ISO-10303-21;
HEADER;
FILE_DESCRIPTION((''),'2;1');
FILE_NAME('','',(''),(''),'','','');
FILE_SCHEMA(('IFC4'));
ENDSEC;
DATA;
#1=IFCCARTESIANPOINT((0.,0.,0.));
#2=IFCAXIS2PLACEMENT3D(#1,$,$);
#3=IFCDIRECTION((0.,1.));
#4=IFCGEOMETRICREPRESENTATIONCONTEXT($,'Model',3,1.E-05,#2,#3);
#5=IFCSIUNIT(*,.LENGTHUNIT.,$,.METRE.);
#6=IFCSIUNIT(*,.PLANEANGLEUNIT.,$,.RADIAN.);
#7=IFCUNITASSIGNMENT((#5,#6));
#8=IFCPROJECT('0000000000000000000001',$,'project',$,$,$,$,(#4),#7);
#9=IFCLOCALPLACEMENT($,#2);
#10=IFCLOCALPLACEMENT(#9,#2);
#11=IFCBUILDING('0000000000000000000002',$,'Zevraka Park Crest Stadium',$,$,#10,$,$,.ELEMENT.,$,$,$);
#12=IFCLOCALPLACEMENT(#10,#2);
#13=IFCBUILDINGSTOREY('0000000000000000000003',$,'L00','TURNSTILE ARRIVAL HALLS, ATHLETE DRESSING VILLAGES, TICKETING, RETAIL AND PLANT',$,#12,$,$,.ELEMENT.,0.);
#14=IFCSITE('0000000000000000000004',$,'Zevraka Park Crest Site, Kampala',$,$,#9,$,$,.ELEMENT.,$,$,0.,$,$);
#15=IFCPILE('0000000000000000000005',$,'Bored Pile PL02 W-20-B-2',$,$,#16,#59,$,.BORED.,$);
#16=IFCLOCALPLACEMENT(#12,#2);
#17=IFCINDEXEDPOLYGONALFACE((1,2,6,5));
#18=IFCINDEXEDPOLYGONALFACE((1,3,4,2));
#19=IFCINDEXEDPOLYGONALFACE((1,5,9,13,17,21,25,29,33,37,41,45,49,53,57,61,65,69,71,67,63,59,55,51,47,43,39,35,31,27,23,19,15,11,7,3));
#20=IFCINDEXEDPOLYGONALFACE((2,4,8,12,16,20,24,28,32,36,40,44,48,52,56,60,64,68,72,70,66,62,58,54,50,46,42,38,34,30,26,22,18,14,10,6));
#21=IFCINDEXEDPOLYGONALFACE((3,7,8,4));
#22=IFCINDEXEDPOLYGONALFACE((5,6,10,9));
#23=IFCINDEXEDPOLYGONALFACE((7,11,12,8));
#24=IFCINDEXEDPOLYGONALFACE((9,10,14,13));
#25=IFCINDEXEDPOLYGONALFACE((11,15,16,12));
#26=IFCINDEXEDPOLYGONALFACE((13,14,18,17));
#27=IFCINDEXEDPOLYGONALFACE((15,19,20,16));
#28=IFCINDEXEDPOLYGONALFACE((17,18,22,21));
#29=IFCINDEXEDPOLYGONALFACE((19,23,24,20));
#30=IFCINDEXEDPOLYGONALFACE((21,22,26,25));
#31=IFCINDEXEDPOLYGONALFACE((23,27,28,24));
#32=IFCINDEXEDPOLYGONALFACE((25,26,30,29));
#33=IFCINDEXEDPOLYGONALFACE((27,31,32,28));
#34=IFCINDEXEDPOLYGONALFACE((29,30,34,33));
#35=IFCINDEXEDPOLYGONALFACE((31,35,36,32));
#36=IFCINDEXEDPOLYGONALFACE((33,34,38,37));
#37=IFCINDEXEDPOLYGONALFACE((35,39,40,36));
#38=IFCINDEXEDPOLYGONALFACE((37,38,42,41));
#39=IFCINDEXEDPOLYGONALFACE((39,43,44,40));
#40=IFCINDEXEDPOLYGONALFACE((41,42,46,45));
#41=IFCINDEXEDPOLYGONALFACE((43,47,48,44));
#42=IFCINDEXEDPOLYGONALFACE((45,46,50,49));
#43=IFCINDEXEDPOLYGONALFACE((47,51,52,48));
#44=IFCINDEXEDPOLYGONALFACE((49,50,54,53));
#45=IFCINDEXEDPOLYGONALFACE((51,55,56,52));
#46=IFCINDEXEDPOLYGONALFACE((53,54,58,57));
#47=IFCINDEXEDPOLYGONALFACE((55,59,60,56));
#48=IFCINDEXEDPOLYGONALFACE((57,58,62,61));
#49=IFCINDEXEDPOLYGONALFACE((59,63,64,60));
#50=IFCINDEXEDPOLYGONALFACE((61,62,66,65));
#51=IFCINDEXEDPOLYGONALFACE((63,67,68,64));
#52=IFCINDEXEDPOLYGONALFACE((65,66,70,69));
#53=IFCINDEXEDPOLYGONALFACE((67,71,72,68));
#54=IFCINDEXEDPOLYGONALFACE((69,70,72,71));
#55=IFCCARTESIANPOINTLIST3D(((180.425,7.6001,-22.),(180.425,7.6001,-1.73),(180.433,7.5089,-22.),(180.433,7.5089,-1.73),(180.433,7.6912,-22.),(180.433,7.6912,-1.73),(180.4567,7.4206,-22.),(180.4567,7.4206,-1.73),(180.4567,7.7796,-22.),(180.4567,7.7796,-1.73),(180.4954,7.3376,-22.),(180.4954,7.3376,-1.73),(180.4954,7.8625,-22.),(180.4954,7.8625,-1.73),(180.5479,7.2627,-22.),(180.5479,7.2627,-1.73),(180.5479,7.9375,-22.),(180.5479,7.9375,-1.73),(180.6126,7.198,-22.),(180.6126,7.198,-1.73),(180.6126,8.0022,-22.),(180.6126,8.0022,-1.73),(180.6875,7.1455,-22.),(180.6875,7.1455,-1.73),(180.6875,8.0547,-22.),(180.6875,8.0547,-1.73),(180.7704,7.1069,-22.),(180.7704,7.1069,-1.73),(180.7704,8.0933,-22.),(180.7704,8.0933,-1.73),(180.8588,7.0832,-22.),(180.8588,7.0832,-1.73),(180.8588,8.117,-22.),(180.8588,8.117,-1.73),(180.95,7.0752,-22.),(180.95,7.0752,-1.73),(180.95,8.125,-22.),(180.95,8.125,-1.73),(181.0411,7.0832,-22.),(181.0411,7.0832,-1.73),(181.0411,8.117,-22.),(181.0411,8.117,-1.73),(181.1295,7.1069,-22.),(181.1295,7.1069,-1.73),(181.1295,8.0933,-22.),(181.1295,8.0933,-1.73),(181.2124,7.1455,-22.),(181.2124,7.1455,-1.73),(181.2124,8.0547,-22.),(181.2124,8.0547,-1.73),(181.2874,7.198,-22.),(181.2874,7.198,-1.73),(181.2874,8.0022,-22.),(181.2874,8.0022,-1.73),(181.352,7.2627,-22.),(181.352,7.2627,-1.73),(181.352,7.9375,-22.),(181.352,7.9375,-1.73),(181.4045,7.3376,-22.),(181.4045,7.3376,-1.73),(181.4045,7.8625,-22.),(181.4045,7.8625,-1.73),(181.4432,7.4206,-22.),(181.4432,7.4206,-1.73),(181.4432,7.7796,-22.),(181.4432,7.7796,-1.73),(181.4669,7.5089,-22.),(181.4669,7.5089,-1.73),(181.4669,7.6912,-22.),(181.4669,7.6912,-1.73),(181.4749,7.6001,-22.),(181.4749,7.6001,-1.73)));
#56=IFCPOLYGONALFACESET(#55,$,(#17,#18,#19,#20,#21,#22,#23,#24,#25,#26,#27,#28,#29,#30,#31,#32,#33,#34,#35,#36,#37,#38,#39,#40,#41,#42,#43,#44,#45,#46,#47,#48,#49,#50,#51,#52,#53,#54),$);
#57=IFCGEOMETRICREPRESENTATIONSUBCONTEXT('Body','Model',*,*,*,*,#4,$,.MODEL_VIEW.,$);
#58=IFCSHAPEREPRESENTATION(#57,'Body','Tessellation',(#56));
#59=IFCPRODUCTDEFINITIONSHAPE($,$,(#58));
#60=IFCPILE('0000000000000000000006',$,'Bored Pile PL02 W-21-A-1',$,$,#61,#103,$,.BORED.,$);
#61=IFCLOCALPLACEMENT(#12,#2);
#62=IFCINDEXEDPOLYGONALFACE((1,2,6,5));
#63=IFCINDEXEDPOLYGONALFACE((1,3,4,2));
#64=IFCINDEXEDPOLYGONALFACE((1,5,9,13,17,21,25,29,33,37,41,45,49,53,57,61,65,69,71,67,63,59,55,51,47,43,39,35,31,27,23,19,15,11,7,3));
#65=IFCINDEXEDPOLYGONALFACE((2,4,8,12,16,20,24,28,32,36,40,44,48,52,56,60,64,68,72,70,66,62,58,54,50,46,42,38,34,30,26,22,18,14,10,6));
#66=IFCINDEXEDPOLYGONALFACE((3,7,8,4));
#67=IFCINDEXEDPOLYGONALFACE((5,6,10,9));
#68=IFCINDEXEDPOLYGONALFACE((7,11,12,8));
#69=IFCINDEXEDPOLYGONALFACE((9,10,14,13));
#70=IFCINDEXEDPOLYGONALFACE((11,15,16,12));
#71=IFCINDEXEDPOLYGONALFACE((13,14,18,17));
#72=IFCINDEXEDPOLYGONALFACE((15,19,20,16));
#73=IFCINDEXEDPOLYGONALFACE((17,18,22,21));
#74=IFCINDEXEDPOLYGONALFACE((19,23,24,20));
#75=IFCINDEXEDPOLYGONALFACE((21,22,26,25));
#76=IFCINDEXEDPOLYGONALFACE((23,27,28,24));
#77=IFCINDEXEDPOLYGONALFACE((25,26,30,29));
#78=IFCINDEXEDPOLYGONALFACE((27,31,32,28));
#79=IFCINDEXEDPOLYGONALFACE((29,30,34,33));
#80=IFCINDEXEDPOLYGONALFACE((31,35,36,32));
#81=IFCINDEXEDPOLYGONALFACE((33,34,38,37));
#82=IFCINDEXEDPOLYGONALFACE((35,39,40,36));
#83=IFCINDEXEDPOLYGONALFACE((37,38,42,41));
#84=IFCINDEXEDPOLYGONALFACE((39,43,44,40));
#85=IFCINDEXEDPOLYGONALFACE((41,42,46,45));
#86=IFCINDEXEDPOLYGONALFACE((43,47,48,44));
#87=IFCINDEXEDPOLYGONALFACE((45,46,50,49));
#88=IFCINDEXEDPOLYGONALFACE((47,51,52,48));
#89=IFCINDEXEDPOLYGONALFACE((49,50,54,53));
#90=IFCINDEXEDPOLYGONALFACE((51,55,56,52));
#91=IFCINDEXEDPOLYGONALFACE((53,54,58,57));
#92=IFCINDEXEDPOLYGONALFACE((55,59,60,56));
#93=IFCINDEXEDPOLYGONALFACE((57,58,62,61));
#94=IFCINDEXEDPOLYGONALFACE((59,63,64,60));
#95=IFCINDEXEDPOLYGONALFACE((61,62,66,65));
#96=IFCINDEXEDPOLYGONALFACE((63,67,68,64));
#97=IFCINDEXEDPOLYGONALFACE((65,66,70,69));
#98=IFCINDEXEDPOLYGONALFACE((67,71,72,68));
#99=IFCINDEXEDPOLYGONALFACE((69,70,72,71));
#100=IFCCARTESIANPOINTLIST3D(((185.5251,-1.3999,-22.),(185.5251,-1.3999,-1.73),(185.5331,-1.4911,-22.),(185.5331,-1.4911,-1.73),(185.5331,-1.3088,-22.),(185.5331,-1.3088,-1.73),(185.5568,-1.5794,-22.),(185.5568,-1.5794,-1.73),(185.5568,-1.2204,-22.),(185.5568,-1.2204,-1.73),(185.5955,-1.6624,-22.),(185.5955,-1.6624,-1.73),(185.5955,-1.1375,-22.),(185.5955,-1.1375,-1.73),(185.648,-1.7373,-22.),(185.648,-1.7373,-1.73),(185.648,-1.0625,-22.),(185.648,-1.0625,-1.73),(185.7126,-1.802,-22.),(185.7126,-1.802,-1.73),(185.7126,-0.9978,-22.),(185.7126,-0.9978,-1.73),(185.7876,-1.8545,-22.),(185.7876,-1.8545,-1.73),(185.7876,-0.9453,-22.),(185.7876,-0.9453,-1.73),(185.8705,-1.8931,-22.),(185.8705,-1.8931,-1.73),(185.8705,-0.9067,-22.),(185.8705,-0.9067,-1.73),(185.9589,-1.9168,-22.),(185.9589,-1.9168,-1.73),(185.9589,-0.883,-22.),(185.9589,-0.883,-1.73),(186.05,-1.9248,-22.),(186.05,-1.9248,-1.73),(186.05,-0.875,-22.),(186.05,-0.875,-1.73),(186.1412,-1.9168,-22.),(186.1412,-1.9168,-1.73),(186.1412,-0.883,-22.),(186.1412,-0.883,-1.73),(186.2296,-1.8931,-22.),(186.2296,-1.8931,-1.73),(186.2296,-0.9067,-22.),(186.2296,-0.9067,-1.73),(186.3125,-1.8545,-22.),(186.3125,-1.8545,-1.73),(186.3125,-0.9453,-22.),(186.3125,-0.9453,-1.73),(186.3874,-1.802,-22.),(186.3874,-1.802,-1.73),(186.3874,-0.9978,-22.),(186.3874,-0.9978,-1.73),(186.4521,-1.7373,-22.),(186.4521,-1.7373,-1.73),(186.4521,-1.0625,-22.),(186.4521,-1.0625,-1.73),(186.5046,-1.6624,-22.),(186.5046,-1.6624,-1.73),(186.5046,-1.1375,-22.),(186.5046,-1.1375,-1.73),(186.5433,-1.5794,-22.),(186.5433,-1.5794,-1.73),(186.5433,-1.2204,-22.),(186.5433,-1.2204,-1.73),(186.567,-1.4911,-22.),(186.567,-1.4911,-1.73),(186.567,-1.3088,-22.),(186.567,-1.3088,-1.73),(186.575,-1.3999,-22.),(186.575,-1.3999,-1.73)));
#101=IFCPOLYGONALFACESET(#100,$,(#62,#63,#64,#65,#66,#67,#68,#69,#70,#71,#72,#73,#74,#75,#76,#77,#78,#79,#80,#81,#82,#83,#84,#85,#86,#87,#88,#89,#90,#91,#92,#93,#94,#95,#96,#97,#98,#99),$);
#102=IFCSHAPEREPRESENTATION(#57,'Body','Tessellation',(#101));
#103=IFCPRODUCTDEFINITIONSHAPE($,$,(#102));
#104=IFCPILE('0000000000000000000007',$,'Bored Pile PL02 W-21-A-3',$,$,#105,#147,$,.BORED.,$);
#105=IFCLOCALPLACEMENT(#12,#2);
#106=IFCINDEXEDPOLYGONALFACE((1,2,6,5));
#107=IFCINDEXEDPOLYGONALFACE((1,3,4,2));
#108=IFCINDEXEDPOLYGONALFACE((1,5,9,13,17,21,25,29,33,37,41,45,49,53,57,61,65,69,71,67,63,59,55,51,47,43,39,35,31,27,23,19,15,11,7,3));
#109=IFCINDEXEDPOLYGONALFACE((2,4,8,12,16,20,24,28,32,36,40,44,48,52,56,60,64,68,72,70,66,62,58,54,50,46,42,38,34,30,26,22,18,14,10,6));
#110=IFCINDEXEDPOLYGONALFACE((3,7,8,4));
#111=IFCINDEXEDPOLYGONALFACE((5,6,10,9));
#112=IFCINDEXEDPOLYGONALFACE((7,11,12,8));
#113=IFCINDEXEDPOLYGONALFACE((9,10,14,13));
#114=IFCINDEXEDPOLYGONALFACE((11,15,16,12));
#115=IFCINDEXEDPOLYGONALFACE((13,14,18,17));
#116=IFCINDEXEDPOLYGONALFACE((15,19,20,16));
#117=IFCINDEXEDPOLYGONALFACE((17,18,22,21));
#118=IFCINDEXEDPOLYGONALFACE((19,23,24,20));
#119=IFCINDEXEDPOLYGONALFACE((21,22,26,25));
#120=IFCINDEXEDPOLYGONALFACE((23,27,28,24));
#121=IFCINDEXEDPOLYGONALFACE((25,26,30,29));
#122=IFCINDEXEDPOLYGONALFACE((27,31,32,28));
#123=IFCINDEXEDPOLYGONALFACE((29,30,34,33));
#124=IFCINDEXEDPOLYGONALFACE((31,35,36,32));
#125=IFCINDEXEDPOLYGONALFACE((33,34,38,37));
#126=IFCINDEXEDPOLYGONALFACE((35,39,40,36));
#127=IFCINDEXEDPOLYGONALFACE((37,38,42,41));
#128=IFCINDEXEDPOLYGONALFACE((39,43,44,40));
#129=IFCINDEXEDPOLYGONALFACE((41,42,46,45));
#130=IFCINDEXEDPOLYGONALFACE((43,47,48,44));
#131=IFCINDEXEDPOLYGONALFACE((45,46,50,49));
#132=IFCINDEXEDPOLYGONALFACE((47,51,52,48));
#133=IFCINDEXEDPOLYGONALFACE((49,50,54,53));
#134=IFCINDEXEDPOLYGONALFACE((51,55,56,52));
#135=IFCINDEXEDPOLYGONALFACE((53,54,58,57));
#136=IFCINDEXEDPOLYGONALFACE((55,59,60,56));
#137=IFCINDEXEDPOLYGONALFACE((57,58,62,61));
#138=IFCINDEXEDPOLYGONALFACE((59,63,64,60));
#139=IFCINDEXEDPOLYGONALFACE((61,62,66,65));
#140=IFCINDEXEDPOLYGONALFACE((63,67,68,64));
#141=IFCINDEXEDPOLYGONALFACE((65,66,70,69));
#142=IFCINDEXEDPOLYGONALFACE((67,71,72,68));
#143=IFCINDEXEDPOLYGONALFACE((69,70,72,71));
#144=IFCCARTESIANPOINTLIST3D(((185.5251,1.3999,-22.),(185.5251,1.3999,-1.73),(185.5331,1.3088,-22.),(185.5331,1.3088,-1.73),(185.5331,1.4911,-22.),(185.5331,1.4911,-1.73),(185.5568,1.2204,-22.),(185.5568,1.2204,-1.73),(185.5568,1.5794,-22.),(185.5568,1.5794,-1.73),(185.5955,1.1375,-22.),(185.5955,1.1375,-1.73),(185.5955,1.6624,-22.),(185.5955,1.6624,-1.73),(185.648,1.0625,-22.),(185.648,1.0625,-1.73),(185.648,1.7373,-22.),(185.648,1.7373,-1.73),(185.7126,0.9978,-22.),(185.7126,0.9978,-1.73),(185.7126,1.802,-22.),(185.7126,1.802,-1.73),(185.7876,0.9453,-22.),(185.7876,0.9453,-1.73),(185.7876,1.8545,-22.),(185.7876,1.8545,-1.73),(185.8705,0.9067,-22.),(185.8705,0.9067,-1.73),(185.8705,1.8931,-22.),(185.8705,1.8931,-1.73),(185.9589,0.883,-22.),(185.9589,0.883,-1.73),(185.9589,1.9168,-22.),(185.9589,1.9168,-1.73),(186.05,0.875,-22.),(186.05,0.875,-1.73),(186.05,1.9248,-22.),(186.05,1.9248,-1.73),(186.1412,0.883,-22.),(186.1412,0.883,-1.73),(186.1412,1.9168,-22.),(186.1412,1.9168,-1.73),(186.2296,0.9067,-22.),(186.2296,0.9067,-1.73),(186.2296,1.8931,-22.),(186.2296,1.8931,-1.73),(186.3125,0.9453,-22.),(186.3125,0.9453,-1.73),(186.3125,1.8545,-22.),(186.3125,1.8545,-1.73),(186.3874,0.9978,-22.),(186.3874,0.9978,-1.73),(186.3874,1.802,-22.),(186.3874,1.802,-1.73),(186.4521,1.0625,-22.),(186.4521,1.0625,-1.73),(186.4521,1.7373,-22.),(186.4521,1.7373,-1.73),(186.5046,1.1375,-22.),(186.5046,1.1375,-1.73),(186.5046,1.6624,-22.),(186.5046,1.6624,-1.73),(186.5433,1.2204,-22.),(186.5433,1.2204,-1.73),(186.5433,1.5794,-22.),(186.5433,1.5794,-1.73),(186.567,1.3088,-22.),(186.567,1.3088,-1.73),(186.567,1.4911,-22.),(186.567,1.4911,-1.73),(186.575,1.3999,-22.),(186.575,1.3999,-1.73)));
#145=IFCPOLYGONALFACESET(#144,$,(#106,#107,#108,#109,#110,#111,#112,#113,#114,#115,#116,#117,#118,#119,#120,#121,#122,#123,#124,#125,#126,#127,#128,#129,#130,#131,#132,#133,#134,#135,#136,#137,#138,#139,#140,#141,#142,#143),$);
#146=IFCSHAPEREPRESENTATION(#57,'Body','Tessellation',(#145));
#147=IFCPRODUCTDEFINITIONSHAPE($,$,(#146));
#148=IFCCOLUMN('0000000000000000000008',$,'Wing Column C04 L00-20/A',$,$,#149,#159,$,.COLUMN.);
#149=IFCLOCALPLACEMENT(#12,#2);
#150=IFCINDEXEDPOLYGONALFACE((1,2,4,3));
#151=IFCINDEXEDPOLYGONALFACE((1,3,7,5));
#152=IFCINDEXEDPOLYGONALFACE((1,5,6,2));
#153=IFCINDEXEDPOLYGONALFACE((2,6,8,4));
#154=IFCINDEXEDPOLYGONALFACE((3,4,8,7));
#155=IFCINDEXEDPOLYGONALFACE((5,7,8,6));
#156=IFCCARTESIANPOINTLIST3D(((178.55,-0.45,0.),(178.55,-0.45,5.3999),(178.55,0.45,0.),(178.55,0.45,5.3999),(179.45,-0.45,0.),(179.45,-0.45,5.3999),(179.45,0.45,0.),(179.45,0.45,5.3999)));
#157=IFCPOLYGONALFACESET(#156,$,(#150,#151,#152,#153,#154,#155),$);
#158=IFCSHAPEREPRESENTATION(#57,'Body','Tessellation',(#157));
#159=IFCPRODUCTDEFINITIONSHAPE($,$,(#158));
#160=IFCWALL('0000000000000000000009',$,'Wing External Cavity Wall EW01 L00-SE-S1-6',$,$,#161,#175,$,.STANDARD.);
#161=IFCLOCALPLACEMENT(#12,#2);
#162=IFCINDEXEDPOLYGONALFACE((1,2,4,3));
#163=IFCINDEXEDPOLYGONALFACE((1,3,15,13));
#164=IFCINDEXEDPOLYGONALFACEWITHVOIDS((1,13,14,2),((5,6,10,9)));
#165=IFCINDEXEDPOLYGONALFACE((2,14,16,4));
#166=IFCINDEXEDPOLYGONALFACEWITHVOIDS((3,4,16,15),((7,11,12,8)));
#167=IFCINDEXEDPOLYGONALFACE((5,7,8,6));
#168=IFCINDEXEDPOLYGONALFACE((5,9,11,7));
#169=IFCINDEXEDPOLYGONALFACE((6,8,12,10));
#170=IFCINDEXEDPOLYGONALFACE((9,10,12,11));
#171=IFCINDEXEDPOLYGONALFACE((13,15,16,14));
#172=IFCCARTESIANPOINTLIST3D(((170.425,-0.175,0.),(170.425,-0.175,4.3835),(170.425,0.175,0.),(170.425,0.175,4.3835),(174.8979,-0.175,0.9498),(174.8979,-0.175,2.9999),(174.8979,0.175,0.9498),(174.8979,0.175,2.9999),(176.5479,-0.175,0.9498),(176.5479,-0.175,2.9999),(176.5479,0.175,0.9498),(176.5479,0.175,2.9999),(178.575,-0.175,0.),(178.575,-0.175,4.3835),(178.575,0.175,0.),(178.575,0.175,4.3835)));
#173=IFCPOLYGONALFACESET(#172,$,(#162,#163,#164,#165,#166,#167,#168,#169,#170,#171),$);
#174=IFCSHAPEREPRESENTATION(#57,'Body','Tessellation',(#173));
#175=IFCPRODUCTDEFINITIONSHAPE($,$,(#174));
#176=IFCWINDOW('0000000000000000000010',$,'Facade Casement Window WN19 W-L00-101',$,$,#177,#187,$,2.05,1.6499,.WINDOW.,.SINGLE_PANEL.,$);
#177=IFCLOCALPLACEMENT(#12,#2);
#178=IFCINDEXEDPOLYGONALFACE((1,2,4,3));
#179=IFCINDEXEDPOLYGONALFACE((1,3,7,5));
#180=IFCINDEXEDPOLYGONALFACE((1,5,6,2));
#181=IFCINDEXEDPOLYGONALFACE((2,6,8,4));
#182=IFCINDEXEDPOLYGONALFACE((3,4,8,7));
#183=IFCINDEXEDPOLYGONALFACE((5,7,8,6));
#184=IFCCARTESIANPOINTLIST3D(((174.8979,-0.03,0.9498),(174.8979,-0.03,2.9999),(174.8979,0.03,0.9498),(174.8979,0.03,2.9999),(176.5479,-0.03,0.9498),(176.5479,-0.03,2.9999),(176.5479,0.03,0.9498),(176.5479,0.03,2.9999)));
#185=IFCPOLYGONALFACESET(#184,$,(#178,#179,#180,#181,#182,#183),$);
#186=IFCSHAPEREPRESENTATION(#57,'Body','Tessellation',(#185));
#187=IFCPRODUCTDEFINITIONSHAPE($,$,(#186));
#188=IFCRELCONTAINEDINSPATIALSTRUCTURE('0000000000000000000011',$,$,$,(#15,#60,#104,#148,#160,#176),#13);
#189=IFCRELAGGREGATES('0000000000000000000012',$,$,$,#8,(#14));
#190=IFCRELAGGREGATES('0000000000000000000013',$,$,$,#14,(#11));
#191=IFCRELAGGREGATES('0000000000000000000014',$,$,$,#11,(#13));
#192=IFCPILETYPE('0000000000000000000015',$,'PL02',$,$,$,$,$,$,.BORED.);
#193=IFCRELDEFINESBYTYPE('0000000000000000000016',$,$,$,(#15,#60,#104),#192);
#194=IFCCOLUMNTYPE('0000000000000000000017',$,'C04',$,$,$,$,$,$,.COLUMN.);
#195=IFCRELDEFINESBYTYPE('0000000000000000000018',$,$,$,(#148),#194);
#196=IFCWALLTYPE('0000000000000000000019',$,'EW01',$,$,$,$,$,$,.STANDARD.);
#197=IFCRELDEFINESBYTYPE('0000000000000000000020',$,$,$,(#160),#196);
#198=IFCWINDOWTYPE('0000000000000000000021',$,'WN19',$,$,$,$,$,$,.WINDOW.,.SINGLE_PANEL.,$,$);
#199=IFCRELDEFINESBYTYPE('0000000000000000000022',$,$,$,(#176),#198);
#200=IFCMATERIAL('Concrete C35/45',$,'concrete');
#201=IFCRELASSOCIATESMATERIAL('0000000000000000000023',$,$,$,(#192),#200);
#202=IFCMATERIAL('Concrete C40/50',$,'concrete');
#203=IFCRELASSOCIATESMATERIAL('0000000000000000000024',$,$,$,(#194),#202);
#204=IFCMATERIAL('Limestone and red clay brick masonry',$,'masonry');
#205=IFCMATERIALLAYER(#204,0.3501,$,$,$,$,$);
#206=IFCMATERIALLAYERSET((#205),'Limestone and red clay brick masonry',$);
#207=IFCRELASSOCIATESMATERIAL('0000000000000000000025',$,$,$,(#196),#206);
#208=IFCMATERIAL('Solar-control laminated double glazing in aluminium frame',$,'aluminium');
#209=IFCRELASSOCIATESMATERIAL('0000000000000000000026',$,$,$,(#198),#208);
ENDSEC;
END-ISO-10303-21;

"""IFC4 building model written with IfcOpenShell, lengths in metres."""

from ifc_helpers import new_model, si_unit, direction, frame, frame_2d, origin, origin_2d, place, context, subcontext, project, spatial, rectangle, circle, extrude, material, layer, layer_set, material_profile, profile_set, type_object, element, fill, save


model = new_model("IFC4")

# Units and contexts
model_context = context("Model", 3, precision=1e-05, world=origin(), true_north=direction((0.0, 1.0)))
body_context = subcontext(model_context, "Body", "Model", "MODEL_VIEW")
ifc_project = project(units=[si_unit("LENGTHUNIT", "METRE"), si_unit("PLANEANGLEUNIT", "RADIAN")], contexts=[model_context])

# Site, building, storey
site_placement = place(None, origin())
site = spatial("IfcSite", under=ifc_project, at=site_placement, Name="Zevraka Park Crest Site, Kampala", CompositionType="ELEMENT", RefElevation=0.0)
building_placement = place(site_placement, origin())
building = spatial("IfcBuilding", under=site, at=building_placement, Name="Zevraka Park Crest Stadium", CompositionType="ELEMENT")
storey_placement = place(building_placement, origin())
storey = spatial("IfcBuildingStorey", under=building, at=storey_placement, Name="L00", Description="TURNSTILE ARRIVAL HALLS, ATHLETE DRESSING VILLAGES, TICKETING, RETAIL AND PLANT", CompositionType="ELEMENT", Elevation=0.0)

# Piles
ifc_material_1 = material(Name="Concrete C35/45", Category="concrete")
ifc_material_profile_1 = material_profile(ifc_material_1, circle(Radius=0.5249, at=origin_2d()), Name="PILE D1050")
ifc_profile_set_1 = profile_set([ifc_material_profile_1], Name="Concrete C35/45")
pile_type_1 = type_object("IfcPileType", Name="PL02", PredefinedType="BORED", material=ifc_profile_set_1)
for number, where, z_axis, x_axis, name in (
    (1, (180.95, 7.6001, -1.73), (0.0, 0.0, -1.0), (1.0, 0.0, 0.0), "Bored Pile PL02 W-20-B-2"),
    (2, (186.05, -1.3999, -1.73), (0.0, 0.0, -1.0), (1.0, 0.0, 0.0), "Bored Pile PL02 W-21-A-1"),
    (3, (186.05, 1.3999, -1.73), (0.0, 0.0, -1.0), (1.0, 0.0, 0.0), "Bored Pile PL02 W-21-A-3"),
):
    element("IfcPile", number, at=place(storey_placement, frame(where, z_axis=z_axis, x_axis=x_axis)), inside=storey, type_object=pile_type_1, Name=name, PredefinedType="BORED", context=body_context, shape_type="SweptSolid", body=[
        extrude(circle(Radius=0.5249, at=origin_2d()), origin(), (0.0, 0.0, 1.0), 20.27),
    ])

# Column
ifc_material_2 = material(Name="Concrete C40/50", Category="concrete")
ifc_material_profile_2 = material_profile(ifc_material_2, rectangle(XDim=0.8999, YDim=0.8999, at=origin_2d()), Name="RC 900x900")
ifc_profile_set_2 = profile_set([ifc_material_profile_2], Name="Concrete C40/50")
column_type = type_object("IfcColumnType", Name="C04", PredefinedType="COLUMN", material=ifc_profile_set_2)
column_placement = place(storey_placement, frame((179.0, 0.0, 0.0), z_axis=(0.0, 0.0, 1.0), x_axis=(1.0, 0.0, 0.0)))
element("IfcColumn", 4, at=column_placement, inside=storey, type_object=column_type, Name="Wing Column C04 L00-20/A", PredefinedType="COLUMN", context=body_context, shape_type="SweptSolid", body=[
    extrude(rectangle(XDim=0.8999, YDim=0.8999, at=origin_2d()), origin(), (0.0, 0.0, 1.0), 5.3999),
])

# Wall, opening, window
ifc_material_3 = material(Name="Limestone and red clay brick masonry", Category="masonry")
ifc_layer_1 = layer(ifc_material_3, 0.3501)
ifc_layer_set_1 = layer_set([ifc_layer_1], Name="Limestone and red clay brick masonry")
wall_type_1 = type_object("IfcWallType", Name="EW01", PredefinedType="STANDARD", material=ifc_layer_set_1)
wall_1_placement = place(storey_placement, frame((178.575, 0.0, 0.0), z_axis=(0.0, 0.0, 1.0), x_axis=(-1.0, 0.0, 0.0)))
wall_1 = element("IfcWall", 5, at=wall_1_placement, inside=storey, type_object=wall_type_1, Name="Wing External Cavity Wall EW01 L00-SE-S1-6", PredefinedType="STANDARD", context=body_context, shape_type="SweptSolid", body=[
    extrude(rectangle(XDim=8.1499, YDim=0.3501, at=frame_2d((4.075, 0.0))), origin(), (0.0, 0.0, 1.0), 4.3835),
])
opening_1_placement = place(wall_1_placement, frame((2.0271, 0.0, 0.95)))
opening_1 = element("IfcOpeningElement", 6, at=opening_1_placement, cuts=wall_1, PredefinedType="OPENING", context=body_context, shape_type="SweptSolid", body=[
    extrude(rectangle(XDim=1.6499, YDim=2.05, at=frame_2d((0.825, 1.0249))), frame((0.0, 0.1851, 0.0), z_axis=(0.0, -1.0, 0.0), x_axis=(1.0, 0.0, 0.0)), (0.0, 0.0, 1.0), 0.3701),
])
ifc_material_4 = material(Name="Solar-control laminated double glazing in aluminium frame", Category="aluminium")
window_type = type_object("IfcWindowType", Name="WN19", PartitioningType="SINGLE_PANEL", PredefinedType="WINDOW", material=ifc_material_4)
window_placement = place(opening_1_placement, origin())
window = element("IfcWindow", 7, at=window_placement, inside=storey, type_object=window_type, Name="Facade Casement Window WN19 W-L00-101", OverallHeight=2.05, OverallWidth=1.6499, PartitioningType="SINGLE_PANEL", PredefinedType="WINDOW", context=body_context, shape_type="SweptSolid", body=[
    extrude(rectangle(XDim=1.6499, YDim=2.05, at=frame_2d((0.825, 1.0249))), frame((0.0, 0.03, 0.0), z_axis=(0.0, -1.0, 0.0), x_axis=(1.0, 0.0, 0.0)), (0.0, 0.0, 1.0), 0.0601),
])
fill(opening_1, window)

save(model, "model.ifc")
